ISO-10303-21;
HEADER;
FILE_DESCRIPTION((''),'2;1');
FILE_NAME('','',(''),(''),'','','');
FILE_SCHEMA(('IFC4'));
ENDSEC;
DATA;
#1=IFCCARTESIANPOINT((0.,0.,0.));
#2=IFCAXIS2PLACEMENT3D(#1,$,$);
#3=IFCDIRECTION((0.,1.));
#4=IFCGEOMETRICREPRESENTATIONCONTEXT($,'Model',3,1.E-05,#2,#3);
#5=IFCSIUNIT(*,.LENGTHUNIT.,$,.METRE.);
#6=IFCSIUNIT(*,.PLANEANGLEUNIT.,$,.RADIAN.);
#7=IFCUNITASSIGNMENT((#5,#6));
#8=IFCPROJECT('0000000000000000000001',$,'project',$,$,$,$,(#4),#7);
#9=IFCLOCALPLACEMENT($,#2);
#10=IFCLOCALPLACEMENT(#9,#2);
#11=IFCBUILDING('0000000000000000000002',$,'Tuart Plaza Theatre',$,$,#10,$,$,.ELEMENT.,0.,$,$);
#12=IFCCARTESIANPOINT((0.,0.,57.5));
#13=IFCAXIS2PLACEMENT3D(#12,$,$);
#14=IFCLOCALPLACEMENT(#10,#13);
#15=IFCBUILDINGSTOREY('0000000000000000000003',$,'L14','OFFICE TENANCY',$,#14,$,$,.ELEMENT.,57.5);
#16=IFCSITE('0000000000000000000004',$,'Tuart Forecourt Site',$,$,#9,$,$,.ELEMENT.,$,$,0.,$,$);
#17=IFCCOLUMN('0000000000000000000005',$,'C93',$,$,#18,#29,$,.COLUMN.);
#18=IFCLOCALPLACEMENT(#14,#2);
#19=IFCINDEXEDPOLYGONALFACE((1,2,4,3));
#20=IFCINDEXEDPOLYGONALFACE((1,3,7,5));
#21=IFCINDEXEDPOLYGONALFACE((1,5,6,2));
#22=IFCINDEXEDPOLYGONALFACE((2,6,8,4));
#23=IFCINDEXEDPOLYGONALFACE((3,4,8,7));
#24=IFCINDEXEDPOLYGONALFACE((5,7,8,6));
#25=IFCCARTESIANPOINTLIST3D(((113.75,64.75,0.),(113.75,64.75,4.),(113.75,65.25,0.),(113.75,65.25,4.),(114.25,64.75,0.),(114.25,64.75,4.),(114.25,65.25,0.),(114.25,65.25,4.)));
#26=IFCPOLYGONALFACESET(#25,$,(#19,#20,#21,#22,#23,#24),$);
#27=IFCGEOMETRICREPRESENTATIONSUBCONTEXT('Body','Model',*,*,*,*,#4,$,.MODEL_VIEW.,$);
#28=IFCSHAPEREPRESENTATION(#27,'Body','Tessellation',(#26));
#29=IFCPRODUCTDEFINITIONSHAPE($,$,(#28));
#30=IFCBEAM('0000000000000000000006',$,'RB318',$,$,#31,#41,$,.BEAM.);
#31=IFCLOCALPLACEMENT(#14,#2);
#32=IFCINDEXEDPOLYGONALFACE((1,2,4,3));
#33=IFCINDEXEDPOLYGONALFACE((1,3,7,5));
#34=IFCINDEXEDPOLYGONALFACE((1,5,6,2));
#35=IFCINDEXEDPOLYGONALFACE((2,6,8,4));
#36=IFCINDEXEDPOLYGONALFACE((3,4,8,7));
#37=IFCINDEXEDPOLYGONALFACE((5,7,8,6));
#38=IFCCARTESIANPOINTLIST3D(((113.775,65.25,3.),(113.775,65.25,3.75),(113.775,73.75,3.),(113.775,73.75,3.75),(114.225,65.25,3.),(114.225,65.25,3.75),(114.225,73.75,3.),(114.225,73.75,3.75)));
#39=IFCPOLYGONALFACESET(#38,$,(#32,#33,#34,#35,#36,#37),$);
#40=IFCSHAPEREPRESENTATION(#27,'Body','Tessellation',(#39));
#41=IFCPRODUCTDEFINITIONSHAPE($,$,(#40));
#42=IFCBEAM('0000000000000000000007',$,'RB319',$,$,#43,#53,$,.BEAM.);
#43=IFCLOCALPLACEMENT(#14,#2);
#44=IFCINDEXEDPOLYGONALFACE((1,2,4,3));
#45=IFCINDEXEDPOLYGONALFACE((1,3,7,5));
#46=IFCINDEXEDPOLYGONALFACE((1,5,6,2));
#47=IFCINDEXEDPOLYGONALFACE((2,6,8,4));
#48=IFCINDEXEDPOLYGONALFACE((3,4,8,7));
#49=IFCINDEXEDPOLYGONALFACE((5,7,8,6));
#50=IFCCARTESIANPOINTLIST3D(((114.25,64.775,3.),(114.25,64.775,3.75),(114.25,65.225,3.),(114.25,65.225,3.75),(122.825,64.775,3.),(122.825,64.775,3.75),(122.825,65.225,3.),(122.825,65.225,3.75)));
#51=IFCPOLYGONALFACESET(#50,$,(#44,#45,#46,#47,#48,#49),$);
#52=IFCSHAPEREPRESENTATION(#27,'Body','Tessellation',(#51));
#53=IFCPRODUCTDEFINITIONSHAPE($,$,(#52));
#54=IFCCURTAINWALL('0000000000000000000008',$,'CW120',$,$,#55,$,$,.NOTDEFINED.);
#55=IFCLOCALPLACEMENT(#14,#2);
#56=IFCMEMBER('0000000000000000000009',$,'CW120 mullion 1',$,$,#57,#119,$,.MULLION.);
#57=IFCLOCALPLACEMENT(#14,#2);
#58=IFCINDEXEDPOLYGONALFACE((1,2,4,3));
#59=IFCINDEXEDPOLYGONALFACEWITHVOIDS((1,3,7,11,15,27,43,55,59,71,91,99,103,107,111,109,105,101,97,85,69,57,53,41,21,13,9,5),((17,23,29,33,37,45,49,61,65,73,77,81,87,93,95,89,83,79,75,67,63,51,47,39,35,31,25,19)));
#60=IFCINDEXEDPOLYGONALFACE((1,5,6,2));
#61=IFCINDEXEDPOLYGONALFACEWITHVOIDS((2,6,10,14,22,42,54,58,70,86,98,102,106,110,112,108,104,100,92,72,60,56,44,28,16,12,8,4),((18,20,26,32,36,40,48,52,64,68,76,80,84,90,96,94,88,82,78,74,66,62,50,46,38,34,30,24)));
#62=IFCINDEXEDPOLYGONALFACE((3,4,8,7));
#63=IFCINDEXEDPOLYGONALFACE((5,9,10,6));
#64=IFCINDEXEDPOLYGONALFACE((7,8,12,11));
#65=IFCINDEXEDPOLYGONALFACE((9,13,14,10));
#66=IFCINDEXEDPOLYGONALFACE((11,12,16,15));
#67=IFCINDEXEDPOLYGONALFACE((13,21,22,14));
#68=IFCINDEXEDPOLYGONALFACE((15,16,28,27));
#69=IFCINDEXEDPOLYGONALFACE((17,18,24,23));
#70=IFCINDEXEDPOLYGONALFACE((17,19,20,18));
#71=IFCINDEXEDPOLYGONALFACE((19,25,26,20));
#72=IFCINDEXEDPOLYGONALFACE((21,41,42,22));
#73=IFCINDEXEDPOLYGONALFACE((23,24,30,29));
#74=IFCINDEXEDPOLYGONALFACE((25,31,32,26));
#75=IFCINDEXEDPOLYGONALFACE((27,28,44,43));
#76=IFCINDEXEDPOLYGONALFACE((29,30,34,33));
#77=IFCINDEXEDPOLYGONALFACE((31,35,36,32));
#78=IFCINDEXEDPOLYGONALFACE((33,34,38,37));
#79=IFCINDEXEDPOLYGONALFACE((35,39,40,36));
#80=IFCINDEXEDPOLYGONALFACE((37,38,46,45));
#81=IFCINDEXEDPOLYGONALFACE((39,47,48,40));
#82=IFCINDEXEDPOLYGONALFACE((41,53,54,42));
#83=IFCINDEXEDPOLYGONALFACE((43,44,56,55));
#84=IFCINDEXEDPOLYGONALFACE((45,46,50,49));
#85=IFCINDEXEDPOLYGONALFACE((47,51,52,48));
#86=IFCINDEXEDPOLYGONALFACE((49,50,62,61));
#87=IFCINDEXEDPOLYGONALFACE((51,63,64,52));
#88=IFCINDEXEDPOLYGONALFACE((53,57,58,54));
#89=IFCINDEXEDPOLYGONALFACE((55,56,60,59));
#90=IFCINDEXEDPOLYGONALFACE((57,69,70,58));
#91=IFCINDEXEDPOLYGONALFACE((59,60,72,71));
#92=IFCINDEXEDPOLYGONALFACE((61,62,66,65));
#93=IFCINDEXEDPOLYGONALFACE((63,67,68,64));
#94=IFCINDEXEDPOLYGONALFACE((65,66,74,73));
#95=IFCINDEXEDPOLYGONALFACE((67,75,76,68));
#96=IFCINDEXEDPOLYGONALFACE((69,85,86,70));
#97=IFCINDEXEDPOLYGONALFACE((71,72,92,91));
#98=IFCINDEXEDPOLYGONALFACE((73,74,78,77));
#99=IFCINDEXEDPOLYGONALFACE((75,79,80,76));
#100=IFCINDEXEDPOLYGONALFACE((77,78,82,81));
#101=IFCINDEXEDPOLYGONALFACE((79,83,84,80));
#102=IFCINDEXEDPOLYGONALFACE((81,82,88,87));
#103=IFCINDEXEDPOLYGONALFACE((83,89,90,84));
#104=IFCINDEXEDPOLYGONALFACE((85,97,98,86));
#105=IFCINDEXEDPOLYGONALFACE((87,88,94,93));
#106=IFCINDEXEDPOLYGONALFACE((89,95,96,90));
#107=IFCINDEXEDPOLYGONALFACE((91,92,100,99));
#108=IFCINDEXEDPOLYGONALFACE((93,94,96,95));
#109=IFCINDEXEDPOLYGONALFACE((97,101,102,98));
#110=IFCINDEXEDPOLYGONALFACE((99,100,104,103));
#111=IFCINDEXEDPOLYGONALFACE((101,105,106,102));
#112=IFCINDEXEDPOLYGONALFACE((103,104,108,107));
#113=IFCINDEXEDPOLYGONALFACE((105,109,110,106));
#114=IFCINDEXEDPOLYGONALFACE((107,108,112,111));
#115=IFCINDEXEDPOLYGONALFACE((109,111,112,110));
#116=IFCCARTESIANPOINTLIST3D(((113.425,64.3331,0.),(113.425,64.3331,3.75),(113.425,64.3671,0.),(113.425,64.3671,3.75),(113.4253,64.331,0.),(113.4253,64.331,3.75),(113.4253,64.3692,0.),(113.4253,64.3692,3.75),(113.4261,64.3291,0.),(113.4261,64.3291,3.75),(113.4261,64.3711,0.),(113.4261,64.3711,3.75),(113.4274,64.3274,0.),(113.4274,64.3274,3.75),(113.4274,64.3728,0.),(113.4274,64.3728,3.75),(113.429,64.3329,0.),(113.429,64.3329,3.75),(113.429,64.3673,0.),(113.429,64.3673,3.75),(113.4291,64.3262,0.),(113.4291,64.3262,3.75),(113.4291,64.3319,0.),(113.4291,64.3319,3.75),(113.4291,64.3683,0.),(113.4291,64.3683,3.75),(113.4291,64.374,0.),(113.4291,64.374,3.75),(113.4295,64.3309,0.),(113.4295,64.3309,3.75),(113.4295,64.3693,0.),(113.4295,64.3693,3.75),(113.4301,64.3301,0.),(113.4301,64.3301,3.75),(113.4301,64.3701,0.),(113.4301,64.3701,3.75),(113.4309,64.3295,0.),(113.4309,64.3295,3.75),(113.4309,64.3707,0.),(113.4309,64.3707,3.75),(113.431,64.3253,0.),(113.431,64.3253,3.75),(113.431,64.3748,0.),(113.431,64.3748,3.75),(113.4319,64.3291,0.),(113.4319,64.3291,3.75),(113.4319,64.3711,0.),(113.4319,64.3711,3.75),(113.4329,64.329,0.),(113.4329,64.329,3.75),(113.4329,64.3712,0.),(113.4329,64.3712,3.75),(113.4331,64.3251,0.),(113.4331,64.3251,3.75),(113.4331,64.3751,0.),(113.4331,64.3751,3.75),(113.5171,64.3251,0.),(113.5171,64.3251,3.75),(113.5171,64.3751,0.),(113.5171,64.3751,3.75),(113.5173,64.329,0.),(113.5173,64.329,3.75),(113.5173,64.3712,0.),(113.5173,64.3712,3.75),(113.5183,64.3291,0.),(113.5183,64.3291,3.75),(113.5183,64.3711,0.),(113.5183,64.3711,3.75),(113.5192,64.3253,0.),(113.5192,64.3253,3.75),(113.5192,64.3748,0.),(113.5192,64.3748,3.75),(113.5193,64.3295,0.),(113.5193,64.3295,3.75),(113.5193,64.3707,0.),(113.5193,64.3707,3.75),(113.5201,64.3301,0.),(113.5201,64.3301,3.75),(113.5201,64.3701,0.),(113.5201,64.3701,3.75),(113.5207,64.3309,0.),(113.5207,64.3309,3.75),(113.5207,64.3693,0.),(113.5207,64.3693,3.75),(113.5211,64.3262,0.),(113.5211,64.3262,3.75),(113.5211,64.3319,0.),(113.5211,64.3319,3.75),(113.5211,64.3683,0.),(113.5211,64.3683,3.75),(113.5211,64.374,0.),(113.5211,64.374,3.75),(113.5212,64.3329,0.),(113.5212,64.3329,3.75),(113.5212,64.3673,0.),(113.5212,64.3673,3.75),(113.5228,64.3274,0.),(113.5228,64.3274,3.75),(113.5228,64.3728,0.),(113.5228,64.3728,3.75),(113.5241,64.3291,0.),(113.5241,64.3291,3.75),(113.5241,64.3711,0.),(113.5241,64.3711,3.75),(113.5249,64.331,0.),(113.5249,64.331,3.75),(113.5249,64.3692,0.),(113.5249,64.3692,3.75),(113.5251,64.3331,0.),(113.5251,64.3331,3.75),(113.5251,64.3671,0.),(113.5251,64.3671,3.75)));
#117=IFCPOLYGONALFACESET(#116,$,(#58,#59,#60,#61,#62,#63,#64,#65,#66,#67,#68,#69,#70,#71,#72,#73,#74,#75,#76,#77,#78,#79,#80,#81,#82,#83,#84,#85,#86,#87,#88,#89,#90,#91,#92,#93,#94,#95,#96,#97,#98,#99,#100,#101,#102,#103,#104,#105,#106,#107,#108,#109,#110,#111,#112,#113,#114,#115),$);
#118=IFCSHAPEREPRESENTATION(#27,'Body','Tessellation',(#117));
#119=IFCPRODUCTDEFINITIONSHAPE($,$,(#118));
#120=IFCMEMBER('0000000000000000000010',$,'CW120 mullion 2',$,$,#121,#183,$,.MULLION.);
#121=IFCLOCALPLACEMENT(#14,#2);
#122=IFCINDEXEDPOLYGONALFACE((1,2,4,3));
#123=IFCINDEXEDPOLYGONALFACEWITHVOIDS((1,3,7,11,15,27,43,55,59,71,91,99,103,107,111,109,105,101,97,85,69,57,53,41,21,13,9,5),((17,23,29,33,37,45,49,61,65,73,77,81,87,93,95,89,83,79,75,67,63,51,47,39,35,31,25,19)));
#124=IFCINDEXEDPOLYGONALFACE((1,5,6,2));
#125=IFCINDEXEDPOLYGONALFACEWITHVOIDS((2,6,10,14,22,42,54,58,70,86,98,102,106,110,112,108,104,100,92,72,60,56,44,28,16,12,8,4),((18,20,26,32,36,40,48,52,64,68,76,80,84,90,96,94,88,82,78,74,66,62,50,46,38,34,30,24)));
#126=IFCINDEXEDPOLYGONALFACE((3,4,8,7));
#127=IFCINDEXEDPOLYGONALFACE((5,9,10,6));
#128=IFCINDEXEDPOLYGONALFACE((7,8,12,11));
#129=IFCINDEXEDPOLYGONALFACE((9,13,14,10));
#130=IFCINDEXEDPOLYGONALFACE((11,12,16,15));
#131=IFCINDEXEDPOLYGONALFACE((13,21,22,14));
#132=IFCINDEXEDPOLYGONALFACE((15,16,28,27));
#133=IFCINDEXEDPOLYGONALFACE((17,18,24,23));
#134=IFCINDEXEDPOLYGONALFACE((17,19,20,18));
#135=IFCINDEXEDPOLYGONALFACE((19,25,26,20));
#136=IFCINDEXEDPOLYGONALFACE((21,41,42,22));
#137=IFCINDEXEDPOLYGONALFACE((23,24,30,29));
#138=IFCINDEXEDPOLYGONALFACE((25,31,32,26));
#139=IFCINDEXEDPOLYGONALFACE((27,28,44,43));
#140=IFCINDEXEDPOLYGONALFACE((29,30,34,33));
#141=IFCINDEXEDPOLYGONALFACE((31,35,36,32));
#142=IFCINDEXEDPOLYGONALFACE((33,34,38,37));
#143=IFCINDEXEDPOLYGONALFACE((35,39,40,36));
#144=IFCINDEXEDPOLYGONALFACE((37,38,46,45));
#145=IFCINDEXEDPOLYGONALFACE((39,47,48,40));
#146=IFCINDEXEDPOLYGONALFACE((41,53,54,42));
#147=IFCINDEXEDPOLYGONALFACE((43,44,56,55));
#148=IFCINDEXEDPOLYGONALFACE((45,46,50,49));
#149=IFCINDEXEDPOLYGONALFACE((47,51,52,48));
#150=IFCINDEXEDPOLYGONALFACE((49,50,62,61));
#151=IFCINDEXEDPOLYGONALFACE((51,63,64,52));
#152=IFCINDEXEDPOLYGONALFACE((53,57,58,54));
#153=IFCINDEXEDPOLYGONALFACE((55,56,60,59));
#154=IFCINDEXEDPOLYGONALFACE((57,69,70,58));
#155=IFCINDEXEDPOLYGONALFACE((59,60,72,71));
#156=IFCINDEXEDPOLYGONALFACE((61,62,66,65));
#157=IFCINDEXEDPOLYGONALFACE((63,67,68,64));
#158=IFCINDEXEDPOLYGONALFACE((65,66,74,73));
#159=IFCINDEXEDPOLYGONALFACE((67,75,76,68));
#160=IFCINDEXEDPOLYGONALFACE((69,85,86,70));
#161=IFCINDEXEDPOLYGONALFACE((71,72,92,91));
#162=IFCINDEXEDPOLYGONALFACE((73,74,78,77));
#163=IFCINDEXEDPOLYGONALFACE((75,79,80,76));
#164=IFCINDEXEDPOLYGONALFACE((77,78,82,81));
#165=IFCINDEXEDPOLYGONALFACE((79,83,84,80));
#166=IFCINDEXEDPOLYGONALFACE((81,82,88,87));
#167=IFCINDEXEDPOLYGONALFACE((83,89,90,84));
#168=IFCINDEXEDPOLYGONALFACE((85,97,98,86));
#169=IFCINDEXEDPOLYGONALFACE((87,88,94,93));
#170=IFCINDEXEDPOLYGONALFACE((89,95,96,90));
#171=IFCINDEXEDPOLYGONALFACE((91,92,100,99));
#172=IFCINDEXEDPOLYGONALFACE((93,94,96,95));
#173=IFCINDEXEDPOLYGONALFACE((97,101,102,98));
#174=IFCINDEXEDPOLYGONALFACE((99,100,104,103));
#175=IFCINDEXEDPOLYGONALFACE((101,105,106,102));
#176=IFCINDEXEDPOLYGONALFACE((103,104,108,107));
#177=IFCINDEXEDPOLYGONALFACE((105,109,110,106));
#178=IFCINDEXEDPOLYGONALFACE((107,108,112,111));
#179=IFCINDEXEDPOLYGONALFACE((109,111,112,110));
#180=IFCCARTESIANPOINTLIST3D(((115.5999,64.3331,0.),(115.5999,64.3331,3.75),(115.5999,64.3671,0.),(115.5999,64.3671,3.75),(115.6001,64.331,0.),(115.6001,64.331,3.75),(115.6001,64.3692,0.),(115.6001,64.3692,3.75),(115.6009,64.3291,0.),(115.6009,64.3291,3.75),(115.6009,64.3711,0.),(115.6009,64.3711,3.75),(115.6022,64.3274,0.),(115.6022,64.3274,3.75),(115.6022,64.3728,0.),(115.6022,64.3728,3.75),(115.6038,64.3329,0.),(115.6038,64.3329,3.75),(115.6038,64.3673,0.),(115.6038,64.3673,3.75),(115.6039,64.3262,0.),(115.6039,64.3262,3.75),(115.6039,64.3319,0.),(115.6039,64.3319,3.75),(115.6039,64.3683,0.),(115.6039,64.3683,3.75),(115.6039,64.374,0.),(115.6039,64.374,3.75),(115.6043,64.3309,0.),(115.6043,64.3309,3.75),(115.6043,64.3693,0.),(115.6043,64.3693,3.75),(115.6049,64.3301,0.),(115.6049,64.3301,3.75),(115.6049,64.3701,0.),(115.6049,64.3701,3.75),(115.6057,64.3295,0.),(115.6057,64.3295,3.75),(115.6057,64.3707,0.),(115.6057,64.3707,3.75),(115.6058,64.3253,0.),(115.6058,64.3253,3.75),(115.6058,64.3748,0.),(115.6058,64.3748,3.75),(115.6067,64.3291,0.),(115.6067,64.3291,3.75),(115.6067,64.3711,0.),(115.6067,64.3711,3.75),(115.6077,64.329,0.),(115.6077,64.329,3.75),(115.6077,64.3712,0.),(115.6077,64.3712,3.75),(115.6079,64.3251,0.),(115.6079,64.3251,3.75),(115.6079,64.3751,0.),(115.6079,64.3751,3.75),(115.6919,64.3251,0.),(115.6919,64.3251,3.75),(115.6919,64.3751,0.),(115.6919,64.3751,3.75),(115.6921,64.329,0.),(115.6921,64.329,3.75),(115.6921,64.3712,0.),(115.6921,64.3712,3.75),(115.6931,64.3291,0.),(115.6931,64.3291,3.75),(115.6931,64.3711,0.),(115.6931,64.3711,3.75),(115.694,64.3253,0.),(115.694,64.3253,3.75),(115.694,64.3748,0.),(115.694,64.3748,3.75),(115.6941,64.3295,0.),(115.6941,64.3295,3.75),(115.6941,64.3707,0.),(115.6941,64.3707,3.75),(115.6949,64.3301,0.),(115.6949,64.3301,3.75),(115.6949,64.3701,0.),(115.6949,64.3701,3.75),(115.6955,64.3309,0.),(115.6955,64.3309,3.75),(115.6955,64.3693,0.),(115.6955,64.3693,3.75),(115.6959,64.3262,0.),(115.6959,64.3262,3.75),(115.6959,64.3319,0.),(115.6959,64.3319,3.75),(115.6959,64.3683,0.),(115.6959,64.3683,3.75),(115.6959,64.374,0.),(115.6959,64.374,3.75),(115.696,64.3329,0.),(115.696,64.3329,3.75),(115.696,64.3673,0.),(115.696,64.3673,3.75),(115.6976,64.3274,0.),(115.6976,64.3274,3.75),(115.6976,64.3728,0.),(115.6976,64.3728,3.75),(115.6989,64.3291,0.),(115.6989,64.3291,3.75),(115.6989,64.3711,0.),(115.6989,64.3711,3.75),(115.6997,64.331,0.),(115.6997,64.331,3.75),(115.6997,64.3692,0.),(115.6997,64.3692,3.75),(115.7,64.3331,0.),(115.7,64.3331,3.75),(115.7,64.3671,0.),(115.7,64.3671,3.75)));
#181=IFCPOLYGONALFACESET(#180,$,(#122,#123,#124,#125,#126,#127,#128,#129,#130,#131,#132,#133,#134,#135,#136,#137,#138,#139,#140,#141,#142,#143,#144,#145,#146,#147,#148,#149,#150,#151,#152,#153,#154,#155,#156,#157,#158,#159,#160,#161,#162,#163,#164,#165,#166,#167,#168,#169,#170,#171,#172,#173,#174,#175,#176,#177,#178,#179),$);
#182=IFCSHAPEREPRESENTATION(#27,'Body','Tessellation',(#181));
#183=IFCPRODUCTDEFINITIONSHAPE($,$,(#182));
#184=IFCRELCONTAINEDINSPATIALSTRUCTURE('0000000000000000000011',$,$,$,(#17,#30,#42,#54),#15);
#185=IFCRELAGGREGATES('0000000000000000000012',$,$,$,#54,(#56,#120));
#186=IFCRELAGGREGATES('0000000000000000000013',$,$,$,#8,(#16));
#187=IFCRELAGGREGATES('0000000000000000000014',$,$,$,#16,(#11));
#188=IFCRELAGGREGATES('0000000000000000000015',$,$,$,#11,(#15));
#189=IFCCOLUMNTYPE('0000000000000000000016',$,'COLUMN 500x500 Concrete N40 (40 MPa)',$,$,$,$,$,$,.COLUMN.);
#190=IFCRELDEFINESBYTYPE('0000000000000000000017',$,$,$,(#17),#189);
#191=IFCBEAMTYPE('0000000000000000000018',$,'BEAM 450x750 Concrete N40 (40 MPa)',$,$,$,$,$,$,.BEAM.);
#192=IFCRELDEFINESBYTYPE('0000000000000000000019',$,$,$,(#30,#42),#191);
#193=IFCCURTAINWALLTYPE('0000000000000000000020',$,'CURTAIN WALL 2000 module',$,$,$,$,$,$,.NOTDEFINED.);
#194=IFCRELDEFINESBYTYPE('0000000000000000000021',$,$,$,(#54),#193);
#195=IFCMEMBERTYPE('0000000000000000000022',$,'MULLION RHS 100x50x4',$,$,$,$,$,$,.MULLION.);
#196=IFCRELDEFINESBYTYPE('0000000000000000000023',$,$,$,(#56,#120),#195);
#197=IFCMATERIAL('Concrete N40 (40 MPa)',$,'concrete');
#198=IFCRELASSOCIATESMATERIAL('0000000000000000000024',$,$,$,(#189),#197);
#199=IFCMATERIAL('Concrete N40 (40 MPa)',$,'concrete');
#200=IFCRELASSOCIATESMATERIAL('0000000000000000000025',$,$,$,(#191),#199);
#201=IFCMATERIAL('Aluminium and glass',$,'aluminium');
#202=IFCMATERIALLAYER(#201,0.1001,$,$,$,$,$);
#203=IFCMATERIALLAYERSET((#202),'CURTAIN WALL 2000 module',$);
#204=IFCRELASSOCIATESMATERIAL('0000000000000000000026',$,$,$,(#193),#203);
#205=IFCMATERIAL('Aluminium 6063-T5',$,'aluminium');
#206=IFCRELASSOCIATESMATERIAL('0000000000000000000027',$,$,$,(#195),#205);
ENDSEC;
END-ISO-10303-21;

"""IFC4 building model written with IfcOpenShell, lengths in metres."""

from ifc_helpers import new_model, si_unit, direction, frame, origin, origin_2d, place, context, subcontext, project, spatial, rectangle, hollow_rectangle, extrude, material, layer, layer_set, material_profile, profile_set, type_object, element, aggregate, save


model = new_model("IFC4")

# Units and contexts
model_context = context("Model", 3, precision=1e-05, world=origin(), true_north=direction((0.0, 1.0)))
body_context = subcontext(model_context, "Body", "Model", "MODEL_VIEW")
ifc_project = project(units=[si_unit("LENGTHUNIT", "METRE"), si_unit("PLANEANGLEUNIT", "RADIAN")], contexts=[model_context])

# Site, building, storey
site_placement = place(None, origin())
site = spatial("IfcSite", under=ifc_project, at=site_placement, Name="Tuart Forecourt Site", CompositionType="ELEMENT", RefElevation=0.0)
building_placement = place(site_placement, origin())
building = spatial("IfcBuilding", under=site, at=building_placement, Name="Tuart Plaza Theatre", CompositionType="ELEMENT", ElevationOfRefHeight=0.0)
storey_placement = place(building_placement, frame((0.0, 0.0, 57.5)))
storey = spatial("IfcBuildingStorey", under=building, at=storey_placement, Name="L14", Description="OFFICE TENANCY", CompositionType="ELEMENT", Elevation=57.5)

# Column
ifc_material_1 = material(Name="Concrete N40 (40 MPa)", Category="concrete")
ifc_material_profile_1 = material_profile(ifc_material_1, rectangle(XDim=0.5, YDim=0.5, at=origin_2d()), Name="COLUMN 500x500 Concrete N40 (40 MPa)")
ifc_profile_set_1 = profile_set([ifc_material_profile_1], Name="Concrete N40 (40 MPa)")
column_type = type_object("IfcColumnType", Name="COLUMN 500x500 Concrete N40 (40 MPa)", PredefinedType="COLUMN", material=ifc_profile_set_1)
column_placement = place(storey_placement, frame((114.0, 65.0, 0.0), z_axis=(0.0, 0.0, 1.0), x_axis=(1.0, 0.0, 0.0)))
element("IfcColumn", 1, at=column_placement, inside=storey, type_object=column_type, Name="C93", PredefinedType="COLUMN", context=body_context, shape_type="SweptSolid", body=[
    extrude(rectangle(XDim=0.5, YDim=0.5, at=origin_2d()), origin(), (0.0, 0.0, 1.0), 4.0),
])

# Beams
ifc_material_2 = material(Name="Concrete N40 (40 MPa)", Category="concrete")
ifc_material_profile_2 = material_profile(ifc_material_2, rectangle(XDim=0.45, YDim=0.75, at=origin_2d()), Name="BEAM 450x750 Concrete N40 (40 MPa)")
ifc_profile_set_2 = profile_set([ifc_material_profile_2], Name="Concrete N40 (40 MPa)")
beam_type = type_object("IfcBeamType", Name="BEAM 450x750 Concrete N40 (40 MPa)", PredefinedType="BEAM", material=ifc_profile_set_2)
beam_1_placement = place(storey_placement, frame((114.0, 65.25, 3.375), z_axis=(0.0, 1.0, 0.0), x_axis=(-1.0, 0.0, 0.0)))
element("IfcBeam", 2, at=beam_1_placement, inside=storey, type_object=beam_type, Name="RB318", PredefinedType="BEAM", context=body_context, shape_type="SweptSolid", body=[
    extrude(rectangle(XDim=0.45, YDim=0.75, at=origin_2d()), origin(), (0.0, 0.0, 1.0), 8.5),
])
beam_2_placement = place(storey_placement, frame((114.25, 65.0, 3.375), z_axis=(1.0, 0.0, 0.0), x_axis=(0.0, 1.0, 0.0)))
element("IfcBeam", 3, at=beam_2_placement, inside=storey, type_object=beam_type, Name="RB319", PredefinedType="BEAM", context=body_context, shape_type="SweptSolid", body=[
    extrude(rectangle(XDim=0.45, YDim=0.75, at=origin_2d()), origin(), (0.0, 0.0, 1.0), 8.575),
])

# Curtain wall, members
ifc_material_3 = material(Name="Aluminium and glass", Category="aluminium")
ifc_layer_1 = layer(ifc_material_3, 0.1001)
ifc_layer_set_1 = layer_set([ifc_layer_1], Name="CURTAIN WALL 2000 module")
curtain_wall_type_1 = type_object("IfcCurtainWallType", Name="CURTAIN WALL 2000 module", PredefinedType="NOTDEFINED", material=ifc_layer_set_1)
curtain_wall_1_placement = place(storey_placement, origin())
curtain_wall_1 = element("IfcCurtainWall", 4, at=curtain_wall_1_placement, inside=storey, type_object=curtain_wall_type_1, Name="CW120", PredefinedType="NOTDEFINED")
ifc_material_4 = material(Name="Aluminium 6063-T5", Category="aluminium")
ifc_material_profile_3 = material_profile(ifc_material_4, hollow_rectangle(XDim=0.05, YDim=0.1001, WallThickness=0.0039, InnerFilletRadius=0.0039, OuterFilletRadius=0.0081, at=origin_2d()), Name="RHS 100x50x4")
ifc_profile_set_3 = profile_set([ifc_material_profile_3], Name="Aluminium 6063-T5")
member_type_1 = type_object("IfcMemberType", Name="MULLION RHS 100x50x4", PredefinedType="MULLION", material=ifc_profile_set_3)
member_1_placement = place(storey_placement, frame((113.4751, 64.3501, 0.0), z_axis=(0.0, 0.0, 1.0), x_axis=(0.0, 1.0, 0.0)))
member_1 = element("IfcMember", 5, at=member_1_placement, type_object=member_type_1, Name="CW120 mullion 1", PredefinedType="MULLION", context=body_context, shape_type="SweptSolid", body=[
    extrude(hollow_rectangle(XDim=0.05, YDim=0.1001, WallThickness=0.0039, InnerFilletRadius=0.0039, OuterFilletRadius=0.0081, at=origin_2d()), origin(), (0.0, 0.0, 1.0), 3.75),
])
member_2_placement = place(storey_placement, frame((115.6499, 64.3501, 0.0), z_axis=(0.0, 0.0, 1.0), x_axis=(0.0, 1.0, 0.0)))
member_2 = element("IfcMember", 6, at=member_2_placement, type_object=member_type_1, Name="CW120 mullion 2", PredefinedType="MULLION", context=body_context, shape_type="SweptSolid", body=[
    extrude(hollow_rectangle(XDim=0.05, YDim=0.1001, WallThickness=0.0039, InnerFilletRadius=0.0039, OuterFilletRadius=0.0081, at=origin_2d()), origin(), (0.0, 0.0, 1.0), 3.75),
])

aggregate(curtain_wall_1, [member_1, member_2])

save(model, "model.ifc")
